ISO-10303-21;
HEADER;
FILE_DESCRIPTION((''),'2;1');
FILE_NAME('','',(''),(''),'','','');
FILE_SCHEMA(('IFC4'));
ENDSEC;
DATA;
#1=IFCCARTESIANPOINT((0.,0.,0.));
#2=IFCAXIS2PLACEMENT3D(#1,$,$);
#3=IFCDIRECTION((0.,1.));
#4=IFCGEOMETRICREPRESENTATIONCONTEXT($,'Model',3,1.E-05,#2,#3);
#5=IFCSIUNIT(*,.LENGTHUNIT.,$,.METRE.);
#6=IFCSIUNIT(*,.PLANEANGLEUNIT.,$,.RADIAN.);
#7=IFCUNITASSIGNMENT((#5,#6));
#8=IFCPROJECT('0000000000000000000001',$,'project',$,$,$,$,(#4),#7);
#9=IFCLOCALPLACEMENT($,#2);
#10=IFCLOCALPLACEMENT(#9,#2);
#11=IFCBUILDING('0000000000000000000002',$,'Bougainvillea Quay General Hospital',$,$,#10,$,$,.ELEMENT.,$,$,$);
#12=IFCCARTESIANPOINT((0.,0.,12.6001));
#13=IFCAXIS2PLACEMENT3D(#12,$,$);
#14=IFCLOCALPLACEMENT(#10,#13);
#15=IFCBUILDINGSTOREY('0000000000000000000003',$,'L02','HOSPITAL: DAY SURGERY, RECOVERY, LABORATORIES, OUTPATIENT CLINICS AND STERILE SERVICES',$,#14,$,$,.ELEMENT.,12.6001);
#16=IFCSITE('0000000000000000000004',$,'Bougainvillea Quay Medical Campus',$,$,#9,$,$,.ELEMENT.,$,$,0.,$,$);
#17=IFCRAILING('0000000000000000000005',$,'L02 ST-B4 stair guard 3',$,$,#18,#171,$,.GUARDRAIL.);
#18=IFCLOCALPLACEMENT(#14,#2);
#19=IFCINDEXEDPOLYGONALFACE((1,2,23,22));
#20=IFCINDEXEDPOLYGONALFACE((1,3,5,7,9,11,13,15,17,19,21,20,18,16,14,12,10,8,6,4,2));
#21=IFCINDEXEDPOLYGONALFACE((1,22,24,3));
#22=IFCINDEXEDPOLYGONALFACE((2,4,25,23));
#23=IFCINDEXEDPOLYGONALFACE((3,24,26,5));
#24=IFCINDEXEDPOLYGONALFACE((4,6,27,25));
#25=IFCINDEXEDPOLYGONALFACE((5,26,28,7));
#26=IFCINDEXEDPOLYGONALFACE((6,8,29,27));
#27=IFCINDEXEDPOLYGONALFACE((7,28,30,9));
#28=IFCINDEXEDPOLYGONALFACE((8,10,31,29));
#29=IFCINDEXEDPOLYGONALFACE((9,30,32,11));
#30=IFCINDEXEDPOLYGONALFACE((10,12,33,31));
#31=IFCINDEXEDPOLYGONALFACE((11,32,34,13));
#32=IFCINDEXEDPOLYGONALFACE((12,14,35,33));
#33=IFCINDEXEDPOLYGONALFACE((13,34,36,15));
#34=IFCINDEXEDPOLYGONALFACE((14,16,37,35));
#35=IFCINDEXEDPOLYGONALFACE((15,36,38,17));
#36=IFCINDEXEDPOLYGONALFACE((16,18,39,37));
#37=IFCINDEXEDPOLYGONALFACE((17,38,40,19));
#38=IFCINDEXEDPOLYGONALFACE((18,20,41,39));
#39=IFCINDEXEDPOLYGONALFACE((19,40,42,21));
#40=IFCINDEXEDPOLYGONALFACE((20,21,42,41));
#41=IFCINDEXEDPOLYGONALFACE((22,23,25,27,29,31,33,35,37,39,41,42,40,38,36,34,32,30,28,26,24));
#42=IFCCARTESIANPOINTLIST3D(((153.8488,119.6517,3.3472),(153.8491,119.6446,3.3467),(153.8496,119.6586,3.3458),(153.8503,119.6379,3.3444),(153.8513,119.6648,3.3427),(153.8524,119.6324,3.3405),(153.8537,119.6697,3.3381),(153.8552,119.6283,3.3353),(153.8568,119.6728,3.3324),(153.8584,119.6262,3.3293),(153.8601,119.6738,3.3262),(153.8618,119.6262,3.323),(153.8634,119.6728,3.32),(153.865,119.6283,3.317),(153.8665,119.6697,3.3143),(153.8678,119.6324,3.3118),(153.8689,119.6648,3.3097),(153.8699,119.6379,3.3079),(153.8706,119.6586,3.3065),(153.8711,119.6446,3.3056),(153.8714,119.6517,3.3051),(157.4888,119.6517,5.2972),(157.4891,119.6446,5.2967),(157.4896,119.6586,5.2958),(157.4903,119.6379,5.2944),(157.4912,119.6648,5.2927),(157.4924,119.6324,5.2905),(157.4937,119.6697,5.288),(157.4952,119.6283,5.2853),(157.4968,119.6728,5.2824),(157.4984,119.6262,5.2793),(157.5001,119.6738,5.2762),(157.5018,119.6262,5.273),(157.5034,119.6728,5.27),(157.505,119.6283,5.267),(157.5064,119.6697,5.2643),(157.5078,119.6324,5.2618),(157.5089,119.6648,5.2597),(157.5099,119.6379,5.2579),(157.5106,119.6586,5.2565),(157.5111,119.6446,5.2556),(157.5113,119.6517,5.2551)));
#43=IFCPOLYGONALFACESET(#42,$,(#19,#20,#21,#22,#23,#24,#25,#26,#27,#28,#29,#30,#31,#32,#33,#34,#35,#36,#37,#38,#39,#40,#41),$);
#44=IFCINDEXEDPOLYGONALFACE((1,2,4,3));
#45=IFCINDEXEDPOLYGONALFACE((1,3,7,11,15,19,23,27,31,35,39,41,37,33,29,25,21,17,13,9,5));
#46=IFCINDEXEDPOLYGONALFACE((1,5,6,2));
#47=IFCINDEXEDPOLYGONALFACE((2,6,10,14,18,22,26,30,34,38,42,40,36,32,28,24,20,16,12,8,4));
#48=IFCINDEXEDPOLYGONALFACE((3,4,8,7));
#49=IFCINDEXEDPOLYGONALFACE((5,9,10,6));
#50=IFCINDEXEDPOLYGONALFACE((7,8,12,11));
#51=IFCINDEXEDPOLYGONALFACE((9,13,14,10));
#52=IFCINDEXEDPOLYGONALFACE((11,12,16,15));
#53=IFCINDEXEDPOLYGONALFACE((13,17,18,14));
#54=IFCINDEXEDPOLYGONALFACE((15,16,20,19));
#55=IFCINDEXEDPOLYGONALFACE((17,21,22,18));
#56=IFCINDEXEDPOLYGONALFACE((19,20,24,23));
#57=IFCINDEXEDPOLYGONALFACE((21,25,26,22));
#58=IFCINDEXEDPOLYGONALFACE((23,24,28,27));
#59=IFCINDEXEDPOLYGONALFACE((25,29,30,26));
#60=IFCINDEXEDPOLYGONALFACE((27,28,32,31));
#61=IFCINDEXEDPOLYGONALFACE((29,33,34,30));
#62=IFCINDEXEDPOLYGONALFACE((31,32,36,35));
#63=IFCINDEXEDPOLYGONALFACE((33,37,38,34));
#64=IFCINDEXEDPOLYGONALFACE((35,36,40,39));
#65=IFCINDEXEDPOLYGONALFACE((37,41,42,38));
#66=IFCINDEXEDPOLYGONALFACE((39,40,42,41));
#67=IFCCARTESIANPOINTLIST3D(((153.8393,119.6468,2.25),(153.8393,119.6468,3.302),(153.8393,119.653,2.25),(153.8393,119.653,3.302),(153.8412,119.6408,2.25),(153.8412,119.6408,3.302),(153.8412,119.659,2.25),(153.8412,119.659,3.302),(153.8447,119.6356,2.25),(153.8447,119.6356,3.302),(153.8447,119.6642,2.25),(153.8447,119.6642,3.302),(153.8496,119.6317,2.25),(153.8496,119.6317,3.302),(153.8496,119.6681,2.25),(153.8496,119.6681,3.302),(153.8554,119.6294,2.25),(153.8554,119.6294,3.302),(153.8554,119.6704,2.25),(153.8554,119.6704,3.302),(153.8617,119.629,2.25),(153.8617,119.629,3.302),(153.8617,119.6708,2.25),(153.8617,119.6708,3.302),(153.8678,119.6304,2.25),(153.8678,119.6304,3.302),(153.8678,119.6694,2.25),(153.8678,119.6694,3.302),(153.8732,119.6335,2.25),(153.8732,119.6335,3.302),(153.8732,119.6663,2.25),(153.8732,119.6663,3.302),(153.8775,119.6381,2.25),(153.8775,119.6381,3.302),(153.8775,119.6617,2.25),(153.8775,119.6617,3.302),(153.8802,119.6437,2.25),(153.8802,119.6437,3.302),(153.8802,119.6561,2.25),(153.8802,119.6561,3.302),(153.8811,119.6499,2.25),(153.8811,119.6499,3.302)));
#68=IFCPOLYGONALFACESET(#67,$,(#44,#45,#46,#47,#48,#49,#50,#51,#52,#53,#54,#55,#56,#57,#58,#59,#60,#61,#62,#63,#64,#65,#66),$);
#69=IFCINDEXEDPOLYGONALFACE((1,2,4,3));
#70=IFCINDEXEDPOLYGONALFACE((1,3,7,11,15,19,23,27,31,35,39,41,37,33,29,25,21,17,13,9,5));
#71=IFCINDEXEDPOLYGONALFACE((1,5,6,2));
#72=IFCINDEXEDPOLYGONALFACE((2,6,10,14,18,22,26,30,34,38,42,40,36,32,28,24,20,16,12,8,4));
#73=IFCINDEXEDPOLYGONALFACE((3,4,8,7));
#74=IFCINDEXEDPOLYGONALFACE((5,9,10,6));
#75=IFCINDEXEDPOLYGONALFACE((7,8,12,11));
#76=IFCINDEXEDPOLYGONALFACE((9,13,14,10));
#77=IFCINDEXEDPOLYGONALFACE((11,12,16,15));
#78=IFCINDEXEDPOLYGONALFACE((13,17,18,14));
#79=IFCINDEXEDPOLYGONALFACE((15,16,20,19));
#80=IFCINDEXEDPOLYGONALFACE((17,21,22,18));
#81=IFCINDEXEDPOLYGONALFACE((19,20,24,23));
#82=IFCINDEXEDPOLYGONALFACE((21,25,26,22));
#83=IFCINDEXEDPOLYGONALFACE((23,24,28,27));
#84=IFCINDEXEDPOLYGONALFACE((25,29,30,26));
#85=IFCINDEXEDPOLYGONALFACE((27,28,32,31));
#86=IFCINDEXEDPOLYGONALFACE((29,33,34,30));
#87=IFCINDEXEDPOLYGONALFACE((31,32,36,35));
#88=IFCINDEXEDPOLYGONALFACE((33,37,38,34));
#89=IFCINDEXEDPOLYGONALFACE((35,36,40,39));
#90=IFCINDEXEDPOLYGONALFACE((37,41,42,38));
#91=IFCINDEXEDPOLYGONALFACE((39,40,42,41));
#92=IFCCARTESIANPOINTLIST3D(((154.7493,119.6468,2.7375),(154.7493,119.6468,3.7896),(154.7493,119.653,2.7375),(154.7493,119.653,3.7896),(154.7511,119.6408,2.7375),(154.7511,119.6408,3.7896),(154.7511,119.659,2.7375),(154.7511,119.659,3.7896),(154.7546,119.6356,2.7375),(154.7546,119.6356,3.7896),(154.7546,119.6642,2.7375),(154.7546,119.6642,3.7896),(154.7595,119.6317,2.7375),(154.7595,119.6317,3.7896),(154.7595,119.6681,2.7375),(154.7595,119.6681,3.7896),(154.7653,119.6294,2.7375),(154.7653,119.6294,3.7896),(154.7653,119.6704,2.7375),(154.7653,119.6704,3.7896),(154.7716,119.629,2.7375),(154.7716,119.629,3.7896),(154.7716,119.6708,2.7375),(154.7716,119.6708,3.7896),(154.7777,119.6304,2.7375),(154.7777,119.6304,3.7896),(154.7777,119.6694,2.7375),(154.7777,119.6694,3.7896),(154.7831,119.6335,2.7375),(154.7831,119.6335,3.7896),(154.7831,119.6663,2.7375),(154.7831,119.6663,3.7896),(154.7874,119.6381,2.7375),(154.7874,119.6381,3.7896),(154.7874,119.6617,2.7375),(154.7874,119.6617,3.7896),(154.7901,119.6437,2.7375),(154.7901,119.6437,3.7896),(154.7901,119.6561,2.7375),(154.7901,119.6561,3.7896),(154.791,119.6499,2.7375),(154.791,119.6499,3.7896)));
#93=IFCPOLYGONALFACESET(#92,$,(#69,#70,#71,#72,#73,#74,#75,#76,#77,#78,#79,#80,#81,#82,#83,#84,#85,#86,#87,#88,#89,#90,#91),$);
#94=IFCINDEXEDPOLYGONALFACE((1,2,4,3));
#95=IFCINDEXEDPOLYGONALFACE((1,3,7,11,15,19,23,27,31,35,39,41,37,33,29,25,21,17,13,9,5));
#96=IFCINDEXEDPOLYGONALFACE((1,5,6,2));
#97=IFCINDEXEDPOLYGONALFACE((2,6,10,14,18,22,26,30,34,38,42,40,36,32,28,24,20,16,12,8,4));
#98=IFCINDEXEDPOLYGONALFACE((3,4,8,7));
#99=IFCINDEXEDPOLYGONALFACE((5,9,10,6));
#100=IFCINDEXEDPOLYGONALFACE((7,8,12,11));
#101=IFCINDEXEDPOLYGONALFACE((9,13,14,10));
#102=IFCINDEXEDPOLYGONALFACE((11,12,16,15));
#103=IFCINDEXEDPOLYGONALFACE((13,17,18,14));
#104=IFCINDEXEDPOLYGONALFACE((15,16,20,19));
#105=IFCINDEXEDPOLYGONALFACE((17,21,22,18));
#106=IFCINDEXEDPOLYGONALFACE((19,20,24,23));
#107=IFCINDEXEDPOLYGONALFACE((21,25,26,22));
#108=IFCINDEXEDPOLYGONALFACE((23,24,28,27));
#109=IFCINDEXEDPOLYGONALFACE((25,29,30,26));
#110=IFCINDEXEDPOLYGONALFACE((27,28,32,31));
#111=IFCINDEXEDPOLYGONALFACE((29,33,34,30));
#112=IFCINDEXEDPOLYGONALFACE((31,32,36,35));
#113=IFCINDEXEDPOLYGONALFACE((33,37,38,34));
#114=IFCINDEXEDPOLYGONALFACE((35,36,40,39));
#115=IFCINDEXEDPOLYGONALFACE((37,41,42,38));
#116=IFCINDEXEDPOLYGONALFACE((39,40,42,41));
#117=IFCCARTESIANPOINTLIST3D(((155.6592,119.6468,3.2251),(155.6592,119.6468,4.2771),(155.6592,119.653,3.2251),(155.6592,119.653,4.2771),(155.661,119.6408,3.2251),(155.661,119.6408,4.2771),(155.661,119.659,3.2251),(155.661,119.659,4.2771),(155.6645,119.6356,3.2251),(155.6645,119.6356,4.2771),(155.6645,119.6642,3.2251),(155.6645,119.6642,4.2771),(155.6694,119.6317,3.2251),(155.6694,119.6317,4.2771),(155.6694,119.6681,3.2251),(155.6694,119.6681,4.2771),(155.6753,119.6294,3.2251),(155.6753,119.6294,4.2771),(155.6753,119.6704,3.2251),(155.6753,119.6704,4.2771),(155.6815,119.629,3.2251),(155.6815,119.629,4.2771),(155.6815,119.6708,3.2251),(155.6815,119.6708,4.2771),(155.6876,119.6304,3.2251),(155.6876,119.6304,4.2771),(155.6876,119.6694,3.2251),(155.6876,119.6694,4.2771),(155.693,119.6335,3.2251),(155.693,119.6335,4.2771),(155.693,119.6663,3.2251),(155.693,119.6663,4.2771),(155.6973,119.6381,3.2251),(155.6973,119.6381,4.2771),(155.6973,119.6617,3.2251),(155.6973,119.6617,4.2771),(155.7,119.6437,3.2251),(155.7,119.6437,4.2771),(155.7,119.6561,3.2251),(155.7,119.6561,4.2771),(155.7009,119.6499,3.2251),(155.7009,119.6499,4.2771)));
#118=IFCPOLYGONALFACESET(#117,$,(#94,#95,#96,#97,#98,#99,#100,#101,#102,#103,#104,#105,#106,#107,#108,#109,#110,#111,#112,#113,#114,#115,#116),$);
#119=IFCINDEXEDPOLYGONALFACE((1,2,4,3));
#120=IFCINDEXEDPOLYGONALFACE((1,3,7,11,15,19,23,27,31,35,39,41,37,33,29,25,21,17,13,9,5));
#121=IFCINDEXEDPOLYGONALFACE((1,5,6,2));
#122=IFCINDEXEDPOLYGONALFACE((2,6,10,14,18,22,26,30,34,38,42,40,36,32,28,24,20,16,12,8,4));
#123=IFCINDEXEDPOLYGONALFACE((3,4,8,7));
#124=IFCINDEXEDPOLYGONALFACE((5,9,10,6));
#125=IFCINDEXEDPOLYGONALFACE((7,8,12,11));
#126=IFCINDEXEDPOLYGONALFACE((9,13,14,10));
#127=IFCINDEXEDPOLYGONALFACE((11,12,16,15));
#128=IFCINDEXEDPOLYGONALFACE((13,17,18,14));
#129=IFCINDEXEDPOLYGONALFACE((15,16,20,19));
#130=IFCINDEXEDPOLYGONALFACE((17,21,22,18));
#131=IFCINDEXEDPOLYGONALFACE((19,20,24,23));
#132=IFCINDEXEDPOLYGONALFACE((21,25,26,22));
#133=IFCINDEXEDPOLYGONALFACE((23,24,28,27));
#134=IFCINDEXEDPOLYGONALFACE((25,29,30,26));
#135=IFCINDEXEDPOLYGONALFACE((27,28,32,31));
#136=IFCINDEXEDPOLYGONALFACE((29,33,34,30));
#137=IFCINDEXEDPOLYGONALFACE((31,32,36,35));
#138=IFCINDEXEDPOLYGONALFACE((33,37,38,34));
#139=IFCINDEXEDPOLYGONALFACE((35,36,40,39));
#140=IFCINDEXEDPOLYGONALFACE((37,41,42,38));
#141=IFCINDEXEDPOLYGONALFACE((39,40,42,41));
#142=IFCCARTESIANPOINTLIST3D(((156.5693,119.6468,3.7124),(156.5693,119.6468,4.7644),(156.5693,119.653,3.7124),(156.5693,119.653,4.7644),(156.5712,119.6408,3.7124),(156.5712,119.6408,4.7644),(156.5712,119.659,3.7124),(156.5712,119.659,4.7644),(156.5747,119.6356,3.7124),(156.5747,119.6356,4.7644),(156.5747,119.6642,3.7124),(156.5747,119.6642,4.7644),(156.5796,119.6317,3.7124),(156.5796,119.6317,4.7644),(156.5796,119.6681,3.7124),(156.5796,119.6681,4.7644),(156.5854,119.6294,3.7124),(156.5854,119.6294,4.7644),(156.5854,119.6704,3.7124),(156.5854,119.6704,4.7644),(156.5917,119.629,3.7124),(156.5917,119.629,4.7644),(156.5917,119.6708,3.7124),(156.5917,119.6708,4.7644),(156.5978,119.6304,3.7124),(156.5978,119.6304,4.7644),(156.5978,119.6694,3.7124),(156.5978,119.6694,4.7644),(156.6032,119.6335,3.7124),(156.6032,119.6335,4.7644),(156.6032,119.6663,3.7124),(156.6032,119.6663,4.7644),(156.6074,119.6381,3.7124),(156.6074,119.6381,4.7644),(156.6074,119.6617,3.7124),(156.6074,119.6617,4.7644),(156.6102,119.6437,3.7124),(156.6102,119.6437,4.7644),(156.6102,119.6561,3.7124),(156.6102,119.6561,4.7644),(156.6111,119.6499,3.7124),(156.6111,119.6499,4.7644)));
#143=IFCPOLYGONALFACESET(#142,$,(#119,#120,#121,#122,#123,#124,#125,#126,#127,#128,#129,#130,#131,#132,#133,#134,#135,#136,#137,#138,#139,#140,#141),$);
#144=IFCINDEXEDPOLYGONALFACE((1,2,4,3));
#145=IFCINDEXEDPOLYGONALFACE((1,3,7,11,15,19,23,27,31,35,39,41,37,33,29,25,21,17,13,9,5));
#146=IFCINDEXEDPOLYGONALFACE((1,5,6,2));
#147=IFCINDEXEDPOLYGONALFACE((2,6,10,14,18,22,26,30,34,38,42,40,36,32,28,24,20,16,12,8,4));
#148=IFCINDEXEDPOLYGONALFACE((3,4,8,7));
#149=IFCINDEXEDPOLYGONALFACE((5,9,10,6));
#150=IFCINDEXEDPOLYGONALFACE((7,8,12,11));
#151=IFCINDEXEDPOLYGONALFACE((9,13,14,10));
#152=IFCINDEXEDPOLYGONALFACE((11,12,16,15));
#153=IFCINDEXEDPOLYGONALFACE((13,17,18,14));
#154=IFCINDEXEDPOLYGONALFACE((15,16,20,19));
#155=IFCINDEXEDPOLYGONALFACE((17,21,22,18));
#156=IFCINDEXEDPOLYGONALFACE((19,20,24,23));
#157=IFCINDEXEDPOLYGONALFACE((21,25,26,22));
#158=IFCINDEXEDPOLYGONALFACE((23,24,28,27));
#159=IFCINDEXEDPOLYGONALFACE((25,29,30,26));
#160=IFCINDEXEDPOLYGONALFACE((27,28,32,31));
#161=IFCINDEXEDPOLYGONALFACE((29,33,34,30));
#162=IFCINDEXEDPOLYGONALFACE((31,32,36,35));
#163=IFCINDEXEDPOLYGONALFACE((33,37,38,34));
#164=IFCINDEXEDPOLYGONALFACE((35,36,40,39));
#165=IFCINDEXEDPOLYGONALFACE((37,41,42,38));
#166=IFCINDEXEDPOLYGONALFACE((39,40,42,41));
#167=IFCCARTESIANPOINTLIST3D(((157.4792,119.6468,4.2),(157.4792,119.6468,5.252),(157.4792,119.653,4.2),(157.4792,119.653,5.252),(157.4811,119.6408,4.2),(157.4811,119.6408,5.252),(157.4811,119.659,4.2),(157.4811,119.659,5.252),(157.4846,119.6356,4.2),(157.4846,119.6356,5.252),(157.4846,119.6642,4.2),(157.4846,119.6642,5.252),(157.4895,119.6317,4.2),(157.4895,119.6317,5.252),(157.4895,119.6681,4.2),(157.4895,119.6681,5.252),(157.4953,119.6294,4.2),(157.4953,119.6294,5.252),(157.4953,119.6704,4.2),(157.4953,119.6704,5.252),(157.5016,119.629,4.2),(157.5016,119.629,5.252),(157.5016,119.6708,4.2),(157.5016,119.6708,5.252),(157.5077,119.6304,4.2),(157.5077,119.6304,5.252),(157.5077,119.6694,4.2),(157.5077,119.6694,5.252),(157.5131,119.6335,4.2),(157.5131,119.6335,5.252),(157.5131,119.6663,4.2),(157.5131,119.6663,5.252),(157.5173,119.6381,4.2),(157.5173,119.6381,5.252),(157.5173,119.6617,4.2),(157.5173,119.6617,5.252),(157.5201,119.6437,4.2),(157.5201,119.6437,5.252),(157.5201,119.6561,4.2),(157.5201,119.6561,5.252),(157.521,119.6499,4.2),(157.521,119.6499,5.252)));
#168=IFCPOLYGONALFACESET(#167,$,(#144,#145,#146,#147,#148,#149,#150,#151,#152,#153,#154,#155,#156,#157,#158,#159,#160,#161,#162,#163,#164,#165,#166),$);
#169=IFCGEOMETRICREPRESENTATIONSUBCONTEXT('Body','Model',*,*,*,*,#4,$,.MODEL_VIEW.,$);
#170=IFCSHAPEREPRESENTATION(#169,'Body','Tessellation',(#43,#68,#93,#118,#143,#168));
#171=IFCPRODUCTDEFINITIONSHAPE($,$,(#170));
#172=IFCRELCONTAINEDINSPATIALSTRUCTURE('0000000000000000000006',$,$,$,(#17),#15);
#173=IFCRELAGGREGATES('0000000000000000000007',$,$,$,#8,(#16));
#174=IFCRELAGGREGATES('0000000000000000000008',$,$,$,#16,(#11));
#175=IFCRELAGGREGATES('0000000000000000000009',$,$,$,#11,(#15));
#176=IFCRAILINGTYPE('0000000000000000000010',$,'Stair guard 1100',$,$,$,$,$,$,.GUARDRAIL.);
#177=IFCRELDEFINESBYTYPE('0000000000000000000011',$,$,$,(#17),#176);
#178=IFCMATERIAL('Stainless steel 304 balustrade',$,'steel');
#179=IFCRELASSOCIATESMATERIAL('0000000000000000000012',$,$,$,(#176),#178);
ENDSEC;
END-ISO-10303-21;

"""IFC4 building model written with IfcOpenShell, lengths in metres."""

from ifc_helpers import new_model, si_unit, direction, frame, origin, origin_2d, place, context, subcontext, project, spatial, circle, extrude, material, type_object, element, save


model = new_model("IFC4")

# Units and contexts
model_context = context("Model", 3, precision=1e-05, world=origin(), true_north=direction((0.0, 1.0)))
body_context = subcontext(model_context, "Body", "Model", "MODEL_VIEW")
ifc_project = project(units=[si_unit("LENGTHUNIT", "METRE"), si_unit("PLANEANGLEUNIT", "RADIAN")], contexts=[model_context])

# Site, building, storey
site_placement = place(None, origin())
site = spatial("IfcSite", under=ifc_project, at=site_placement, Name="Bougainvillea Quay Medical Campus", CompositionType="ELEMENT", RefElevation=0.0)
building_placement = place(site_placement, origin())
building = spatial("IfcBuilding", under=site, at=building_placement, Name="Bougainvillea Quay General Hospital", CompositionType="ELEMENT")
storey_placement = place(building_placement, frame((0.0, 0.0, 12.6001)))
storey = spatial("IfcBuildingStorey", under=building, at=storey_placement, Name="L02", Description="HOSPITAL: DAY SURGERY, RECOVERY, LABORATORIES, OUTPATIENT CLINICS AND STERILE SERVICES", CompositionType="ELEMENT", Elevation=12.6001)

# Railing
ifc_material_1 = material(Name="Stainless steel 304 balustrade", Category="steel")
railing_type_1 = type_object("IfcRailingType", Name="Stair guard 1100", PredefinedType="GUARDRAIL", material=ifc_material_1)
railing_1_placement = place(storey_placement, frame((153.8601, 119.6499, 2.25)))
element("IfcRailing", 1, at=railing_1_placement, inside=storey, type_object=railing_type_1, Name="L02 ST-B4 stair guard 3", PredefinedType="GUARDRAIL", context=body_context, shape_type="SweptSolid", body=[
    extrude(circle(Radius=0.0239, at=origin_2d()), frame((0.0, 0.0, 1.0762), z_axis=(0.881479, 0.0, 0.472223), x_axis=(0.0, 1.0, 0.0)), (0.0, 0.0, 1.0), 4.1294),
    extrude(circle(Radius=0.021, at=origin_2d()), origin(), (0.0, 0.0, 1.0), 1.052),
    extrude(circle(Radius=0.021, at=origin_2d()), frame((0.9099, 0.0, 0.4875)), (0.0, 0.0, 1.0), 1.052),
    extrude(circle(Radius=0.021, at=origin_2d()), frame((1.8198, 0.0, 0.9751)), (0.0, 0.0, 1.0), 1.052),
    extrude(circle(Radius=0.021, at=origin_2d()), frame((2.73, 0.0, 1.4624)), (0.0, 0.0, 1.0), 1.052),
    extrude(circle(Radius=0.021, at=origin_2d()), frame((3.6399, 0.0, 1.95)), (0.0, 0.0, 1.0), 1.052),
])

save(model, "model.ifc")
